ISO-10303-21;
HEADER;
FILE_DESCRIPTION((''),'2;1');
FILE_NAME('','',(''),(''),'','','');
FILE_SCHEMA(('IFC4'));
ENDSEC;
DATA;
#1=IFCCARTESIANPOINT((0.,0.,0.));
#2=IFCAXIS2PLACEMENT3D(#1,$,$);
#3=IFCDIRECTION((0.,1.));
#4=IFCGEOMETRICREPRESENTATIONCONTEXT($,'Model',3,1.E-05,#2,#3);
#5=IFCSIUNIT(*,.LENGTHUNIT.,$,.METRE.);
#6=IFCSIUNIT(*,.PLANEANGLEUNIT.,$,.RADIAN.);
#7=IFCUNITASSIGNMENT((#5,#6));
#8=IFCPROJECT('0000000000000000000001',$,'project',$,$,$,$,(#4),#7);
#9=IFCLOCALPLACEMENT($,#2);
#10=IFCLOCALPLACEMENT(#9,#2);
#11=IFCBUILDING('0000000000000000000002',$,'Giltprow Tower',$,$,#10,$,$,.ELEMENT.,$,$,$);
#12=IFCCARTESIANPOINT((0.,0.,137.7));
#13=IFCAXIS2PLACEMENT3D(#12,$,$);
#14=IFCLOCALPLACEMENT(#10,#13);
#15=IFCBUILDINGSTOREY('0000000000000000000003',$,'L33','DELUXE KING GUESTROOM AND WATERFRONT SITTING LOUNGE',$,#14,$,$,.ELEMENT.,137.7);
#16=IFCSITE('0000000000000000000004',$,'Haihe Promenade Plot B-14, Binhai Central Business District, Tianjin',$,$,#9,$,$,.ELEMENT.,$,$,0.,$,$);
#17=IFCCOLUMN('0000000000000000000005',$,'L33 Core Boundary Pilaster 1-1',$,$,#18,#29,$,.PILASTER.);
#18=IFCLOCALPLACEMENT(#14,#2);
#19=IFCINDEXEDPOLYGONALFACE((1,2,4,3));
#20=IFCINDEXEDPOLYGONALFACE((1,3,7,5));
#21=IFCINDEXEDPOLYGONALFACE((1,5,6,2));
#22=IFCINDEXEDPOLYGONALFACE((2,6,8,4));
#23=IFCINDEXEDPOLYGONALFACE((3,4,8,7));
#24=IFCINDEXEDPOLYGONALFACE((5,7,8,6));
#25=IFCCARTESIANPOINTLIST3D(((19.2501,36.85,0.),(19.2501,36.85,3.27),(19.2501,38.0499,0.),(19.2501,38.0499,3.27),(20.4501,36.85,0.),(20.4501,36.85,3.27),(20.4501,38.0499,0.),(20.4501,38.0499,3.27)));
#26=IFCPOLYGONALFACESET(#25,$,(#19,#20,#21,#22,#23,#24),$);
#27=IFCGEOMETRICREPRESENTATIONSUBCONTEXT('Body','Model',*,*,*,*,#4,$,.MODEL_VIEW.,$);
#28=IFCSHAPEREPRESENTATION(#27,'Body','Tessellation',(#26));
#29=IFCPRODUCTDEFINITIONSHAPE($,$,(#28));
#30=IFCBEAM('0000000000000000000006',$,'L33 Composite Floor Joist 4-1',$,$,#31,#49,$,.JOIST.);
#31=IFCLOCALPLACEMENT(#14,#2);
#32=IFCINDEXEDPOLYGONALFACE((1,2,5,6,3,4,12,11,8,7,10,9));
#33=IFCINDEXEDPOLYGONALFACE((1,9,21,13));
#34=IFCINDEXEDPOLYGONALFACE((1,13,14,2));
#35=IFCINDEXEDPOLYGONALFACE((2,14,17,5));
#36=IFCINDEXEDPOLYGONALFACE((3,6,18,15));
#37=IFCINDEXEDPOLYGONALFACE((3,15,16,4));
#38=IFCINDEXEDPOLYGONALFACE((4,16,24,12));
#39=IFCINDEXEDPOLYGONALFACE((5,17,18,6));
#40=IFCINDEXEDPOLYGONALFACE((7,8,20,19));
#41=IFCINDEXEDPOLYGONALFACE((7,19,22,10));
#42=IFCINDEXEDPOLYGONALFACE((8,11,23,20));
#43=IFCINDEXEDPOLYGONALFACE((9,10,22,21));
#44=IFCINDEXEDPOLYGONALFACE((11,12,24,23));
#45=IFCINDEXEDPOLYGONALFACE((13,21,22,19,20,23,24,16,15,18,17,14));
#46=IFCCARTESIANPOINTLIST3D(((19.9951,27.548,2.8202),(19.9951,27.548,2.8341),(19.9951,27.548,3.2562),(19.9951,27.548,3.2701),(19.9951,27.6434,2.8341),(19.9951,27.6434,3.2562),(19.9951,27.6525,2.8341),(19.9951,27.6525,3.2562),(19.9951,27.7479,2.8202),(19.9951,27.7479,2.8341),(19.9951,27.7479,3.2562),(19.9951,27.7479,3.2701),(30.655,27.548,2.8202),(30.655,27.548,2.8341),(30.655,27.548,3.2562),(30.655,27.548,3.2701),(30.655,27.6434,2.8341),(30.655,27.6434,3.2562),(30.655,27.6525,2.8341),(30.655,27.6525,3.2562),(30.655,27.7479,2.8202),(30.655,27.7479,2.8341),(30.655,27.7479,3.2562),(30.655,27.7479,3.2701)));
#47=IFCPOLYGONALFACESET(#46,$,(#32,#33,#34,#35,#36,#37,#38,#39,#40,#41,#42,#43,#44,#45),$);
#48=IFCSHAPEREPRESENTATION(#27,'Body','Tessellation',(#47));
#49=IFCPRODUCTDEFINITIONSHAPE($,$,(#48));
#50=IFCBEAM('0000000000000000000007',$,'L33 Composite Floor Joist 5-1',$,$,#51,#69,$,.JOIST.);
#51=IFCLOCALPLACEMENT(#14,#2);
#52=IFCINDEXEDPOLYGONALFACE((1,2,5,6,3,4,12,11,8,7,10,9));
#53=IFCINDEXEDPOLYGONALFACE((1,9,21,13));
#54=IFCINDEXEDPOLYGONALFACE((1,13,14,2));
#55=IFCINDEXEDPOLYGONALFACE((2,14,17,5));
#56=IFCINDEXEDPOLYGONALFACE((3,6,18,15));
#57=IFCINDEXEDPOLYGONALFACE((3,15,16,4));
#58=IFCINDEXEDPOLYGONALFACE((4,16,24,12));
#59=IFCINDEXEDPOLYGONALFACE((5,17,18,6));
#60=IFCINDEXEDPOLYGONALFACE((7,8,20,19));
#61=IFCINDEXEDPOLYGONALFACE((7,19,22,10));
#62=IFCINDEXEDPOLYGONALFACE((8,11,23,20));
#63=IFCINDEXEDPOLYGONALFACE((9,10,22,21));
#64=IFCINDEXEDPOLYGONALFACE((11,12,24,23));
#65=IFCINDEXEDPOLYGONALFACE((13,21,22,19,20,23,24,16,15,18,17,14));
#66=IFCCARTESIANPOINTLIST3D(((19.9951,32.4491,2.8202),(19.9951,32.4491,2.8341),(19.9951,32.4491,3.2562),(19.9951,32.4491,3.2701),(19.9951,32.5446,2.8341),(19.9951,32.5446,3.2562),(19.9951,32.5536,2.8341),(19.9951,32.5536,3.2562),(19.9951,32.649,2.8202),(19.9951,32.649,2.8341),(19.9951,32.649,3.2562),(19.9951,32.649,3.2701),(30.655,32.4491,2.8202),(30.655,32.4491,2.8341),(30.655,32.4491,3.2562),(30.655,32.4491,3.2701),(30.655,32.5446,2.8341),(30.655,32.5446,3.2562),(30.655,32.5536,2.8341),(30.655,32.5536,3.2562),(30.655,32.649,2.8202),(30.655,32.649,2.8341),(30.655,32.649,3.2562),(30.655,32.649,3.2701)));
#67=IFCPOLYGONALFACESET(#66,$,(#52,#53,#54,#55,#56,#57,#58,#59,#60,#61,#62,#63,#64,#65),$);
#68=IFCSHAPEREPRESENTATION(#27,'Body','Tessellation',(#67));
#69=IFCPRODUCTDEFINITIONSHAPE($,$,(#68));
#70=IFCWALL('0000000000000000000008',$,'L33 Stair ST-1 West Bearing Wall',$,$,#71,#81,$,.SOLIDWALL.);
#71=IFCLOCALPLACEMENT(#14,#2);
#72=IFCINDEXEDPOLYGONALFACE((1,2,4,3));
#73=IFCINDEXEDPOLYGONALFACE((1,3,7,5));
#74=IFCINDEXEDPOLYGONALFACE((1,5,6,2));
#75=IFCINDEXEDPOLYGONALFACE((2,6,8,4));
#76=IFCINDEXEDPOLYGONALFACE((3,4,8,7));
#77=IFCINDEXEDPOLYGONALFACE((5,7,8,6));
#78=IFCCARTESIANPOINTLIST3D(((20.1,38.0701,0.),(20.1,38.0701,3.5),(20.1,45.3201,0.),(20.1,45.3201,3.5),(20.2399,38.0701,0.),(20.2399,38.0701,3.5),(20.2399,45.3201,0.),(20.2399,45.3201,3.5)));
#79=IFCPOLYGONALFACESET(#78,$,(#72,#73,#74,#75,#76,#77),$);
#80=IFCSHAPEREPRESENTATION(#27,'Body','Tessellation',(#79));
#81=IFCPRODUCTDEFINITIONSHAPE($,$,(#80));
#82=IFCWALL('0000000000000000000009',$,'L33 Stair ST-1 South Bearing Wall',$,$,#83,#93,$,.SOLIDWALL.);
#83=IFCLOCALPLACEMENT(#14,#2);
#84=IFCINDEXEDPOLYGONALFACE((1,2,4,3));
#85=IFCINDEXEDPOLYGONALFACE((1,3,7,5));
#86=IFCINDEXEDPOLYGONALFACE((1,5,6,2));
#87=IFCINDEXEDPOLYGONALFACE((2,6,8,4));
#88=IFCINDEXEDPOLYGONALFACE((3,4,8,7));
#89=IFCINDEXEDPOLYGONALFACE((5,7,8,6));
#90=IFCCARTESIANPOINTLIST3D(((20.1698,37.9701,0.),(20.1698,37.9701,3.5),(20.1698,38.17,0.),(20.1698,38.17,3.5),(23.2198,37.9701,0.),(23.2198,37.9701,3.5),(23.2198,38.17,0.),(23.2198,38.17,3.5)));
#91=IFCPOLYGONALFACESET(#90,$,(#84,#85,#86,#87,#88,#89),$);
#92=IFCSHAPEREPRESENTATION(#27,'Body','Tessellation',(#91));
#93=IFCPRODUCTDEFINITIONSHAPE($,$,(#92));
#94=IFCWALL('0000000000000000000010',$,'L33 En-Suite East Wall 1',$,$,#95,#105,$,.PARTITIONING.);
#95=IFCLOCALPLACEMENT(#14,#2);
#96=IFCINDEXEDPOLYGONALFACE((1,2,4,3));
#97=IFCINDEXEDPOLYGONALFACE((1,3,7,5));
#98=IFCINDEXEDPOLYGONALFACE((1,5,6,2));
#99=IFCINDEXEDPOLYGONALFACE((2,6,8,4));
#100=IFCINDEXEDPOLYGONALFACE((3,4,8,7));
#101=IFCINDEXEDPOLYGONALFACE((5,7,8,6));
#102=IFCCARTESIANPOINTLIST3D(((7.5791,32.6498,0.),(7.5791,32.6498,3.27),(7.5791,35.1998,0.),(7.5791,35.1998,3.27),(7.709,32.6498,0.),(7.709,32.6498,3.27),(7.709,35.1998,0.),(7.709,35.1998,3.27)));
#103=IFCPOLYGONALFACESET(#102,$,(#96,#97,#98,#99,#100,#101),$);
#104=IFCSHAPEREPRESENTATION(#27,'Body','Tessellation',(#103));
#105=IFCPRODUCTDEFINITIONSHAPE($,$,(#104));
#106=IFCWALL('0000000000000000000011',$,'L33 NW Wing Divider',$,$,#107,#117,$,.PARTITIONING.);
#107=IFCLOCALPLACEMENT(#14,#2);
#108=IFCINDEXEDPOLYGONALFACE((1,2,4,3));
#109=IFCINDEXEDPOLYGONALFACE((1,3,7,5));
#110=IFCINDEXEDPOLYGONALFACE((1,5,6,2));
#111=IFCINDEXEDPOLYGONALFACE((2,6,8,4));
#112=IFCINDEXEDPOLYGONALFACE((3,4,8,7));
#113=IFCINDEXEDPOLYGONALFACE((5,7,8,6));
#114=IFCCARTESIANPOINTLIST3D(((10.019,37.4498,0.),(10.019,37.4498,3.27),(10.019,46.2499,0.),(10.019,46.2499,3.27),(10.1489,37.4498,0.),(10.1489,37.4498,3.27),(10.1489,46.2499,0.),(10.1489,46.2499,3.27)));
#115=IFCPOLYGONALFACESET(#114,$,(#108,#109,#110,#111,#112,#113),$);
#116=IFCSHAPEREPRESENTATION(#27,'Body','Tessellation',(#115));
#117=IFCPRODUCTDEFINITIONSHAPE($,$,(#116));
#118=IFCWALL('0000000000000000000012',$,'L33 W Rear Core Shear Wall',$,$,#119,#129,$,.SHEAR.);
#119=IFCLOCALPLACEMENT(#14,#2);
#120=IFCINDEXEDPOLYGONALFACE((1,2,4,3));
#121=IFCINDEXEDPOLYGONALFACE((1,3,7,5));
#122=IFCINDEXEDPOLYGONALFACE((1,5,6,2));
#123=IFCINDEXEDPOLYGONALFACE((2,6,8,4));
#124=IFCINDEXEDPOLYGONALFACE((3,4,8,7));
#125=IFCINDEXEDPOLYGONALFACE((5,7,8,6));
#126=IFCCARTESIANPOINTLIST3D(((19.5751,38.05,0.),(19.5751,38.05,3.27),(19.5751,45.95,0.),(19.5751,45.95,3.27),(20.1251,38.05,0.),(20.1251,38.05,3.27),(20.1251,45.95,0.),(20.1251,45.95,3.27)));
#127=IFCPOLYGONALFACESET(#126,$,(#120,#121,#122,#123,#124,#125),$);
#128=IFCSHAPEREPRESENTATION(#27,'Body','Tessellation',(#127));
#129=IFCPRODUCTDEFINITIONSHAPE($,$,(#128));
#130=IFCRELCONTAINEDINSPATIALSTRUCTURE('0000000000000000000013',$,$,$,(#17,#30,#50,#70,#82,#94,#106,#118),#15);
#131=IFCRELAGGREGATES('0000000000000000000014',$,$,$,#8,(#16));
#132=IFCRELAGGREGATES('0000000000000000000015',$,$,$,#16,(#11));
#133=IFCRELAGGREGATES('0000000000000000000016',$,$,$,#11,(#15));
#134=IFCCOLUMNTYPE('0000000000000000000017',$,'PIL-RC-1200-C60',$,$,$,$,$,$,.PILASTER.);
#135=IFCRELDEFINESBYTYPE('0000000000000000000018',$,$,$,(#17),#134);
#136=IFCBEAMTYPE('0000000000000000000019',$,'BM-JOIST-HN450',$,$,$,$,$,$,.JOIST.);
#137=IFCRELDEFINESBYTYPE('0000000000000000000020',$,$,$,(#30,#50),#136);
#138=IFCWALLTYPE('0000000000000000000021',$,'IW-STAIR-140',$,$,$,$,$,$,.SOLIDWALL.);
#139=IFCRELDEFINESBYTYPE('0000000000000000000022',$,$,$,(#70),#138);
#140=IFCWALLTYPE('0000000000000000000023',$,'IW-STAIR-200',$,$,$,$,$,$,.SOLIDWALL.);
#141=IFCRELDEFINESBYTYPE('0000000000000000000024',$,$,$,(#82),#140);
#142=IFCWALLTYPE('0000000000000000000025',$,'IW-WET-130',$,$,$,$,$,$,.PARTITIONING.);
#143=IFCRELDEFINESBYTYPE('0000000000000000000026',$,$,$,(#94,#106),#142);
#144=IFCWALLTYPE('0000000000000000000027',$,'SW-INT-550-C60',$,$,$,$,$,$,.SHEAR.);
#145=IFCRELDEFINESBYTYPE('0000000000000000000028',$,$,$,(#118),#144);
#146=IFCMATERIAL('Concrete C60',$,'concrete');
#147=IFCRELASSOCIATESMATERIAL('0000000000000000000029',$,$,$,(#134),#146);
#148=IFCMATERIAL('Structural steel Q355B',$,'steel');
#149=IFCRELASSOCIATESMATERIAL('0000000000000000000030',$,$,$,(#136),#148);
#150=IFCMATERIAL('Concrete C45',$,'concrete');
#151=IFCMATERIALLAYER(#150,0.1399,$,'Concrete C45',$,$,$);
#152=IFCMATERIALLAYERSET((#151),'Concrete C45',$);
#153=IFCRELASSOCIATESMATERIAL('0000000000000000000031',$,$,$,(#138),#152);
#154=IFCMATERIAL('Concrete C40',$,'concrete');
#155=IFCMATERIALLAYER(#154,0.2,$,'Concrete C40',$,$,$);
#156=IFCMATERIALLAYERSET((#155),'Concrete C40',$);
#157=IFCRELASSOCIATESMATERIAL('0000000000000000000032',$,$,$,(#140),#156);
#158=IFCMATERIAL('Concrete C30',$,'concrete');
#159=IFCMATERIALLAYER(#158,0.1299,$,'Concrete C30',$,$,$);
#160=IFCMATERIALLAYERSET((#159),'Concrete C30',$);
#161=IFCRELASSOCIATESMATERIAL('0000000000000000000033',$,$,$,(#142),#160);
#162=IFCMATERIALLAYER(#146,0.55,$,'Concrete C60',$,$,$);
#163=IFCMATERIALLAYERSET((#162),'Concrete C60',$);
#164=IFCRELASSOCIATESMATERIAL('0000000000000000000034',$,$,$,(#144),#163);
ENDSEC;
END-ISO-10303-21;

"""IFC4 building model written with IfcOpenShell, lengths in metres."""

from ifc_helpers import new_model, si_unit, direction, frame, frame_2d, origin, origin_2d, place, context, subcontext, project, spatial, rectangle, i_section, extrude, source, transform, mapped, material, layer, layer_set, material_profile, profile_set, type_object, element, save


model = new_model("IFC4")

# Units and contexts
model_context = context("Model", 3, precision=1e-05, world=origin(), true_north=direction((0.0, 1.0)))
body_context = subcontext(model_context, "Body", "Model", "MODEL_VIEW")
ifc_project = project(units=[si_unit("LENGTHUNIT", "METRE"), si_unit("PLANEANGLEUNIT", "RADIAN")], contexts=[model_context])

# Site, building, storey
site_placement = place(None, origin())
site = spatial("IfcSite", under=ifc_project, at=site_placement, Name="Haihe Promenade Plot B-14, Binhai Central Business District, Tianjin", CompositionType="ELEMENT", RefElevation=0.0)
building_placement = place(site_placement, origin())
building = spatial("IfcBuilding", under=site, at=building_placement, Name="Giltprow Tower", CompositionType="ELEMENT")
storey_placement = place(building_placement, frame((0.0, 0.0, 137.7)))
storey = spatial("IfcBuildingStorey", under=building, at=storey_placement, Name="L33", Description="DELUXE KING GUESTROOM AND WATERFRONT SITTING LOUNGE", CompositionType="ELEMENT", Elevation=137.7)

# Column
ifc_material_1 = material(Name="Concrete C60", Category="concrete")
ifc_material_profile_1 = material_profile(ifc_material_1, rectangle(XDim=1.2, YDim=1.2, at=origin_2d()), Name="RC 1200x1200")
ifc_profile_set_1 = profile_set([ifc_material_profile_1], Name="Concrete C60")
column_type = type_object("IfcColumnType", Name="PIL-RC-1200-C60", PredefinedType="PILASTER", material=ifc_profile_set_1)
shared_shape_1 = source(origin(), body_context, "Body", "SweptSolid", [
    extrude(rectangle(XDim=1.2, YDim=1.2, at=origin_2d()), origin(), (0.0, 0.0, 1.0), 3.27),
])
column_placement = place(storey_placement, frame((19.8501, 37.45, 0.0), z_axis=(0.0, 0.0, 1.0), x_axis=(1.0, 0.0, 0.0)))
element("IfcColumn", 1, at=column_placement, inside=storey, type_object=column_type, Name="L33 Core Boundary Pilaster 1-1", PredefinedType="PILASTER", context=body_context, shape_type="MappedRepresentation", body=[
    mapped(shared_shape_1, transform((0.0, 0.0, 0.0), x_axis=(1.0, 0.0, 0.0), y_axis=(0.0, 1.0, 0.0), z_axis=(0.0, 0.0, 1.0), scale=1.0)),
])

# Beams
ifc_material_2 = material(Name="Structural steel Q355B", Category="steel")
ifc_material_profile_2 = material_profile(ifc_material_2, i_section(OverallWidth=0.2, OverallDepth=0.45, WebThickness=0.009, FlangeThickness=0.0139, at=origin_2d()), Name="HN 450x200x9x14")
ifc_profile_set_2 = profile_set([ifc_material_profile_2], Name="Structural steel Q355B")
beam_type = type_object("IfcBeamType", Name="BM-JOIST-HN450", PredefinedType="JOIST", material=ifc_profile_set_2)
shared_shape_2 = source(origin(), body_context, "Body", "SweptSolid", [
    extrude(i_section(OverallWidth=0.2, OverallDepth=0.45, WebThickness=0.009, FlangeThickness=0.0139, at=origin_2d()), origin(), (0.0, 0.0, 1.0), 10.6599),
])
for number, where, z_axis, x_axis, name in (
    (2, (19.9951, 27.6479, 3.0452), (1.0, 0.0, 0.0), (0.0, 1.0, 0.0), "L33 Composite Floor Joist 4-1"),
    (3, (19.9951, 32.5491, 3.0452), (1.0, 0.0, 0.0), (0.0, 1.0, 0.0), "L33 Composite Floor Joist 5-1"),
):
    element("IfcBeam", number, at=place(storey_placement, frame(where, z_axis=z_axis, x_axis=x_axis)), inside=storey, type_object=beam_type, Name=name, PredefinedType="JOIST", context=body_context, shape_type="MappedRepresentation", body=[
        mapped(shared_shape_2, transform((0.0, 0.0, 0.0), x_axis=(1.0, 0.0, 0.0), y_axis=(0.0, 1.0, 0.0), z_axis=(0.0, 0.0, 1.0), scale=1.0)),
    ])

# Walls
ifc_material_3 = material(Name="Concrete C45", Category="concrete")
ifc_layer_1 = layer(ifc_material_3, 0.1399, Name="Concrete C45")
ifc_layer_set_1 = layer_set([ifc_layer_1], Name="Concrete C45")
wall_type_1 = type_object("IfcWallType", Name="IW-STAIR-140", PredefinedType="SOLIDWALL", material=ifc_layer_set_1)
wall_1_placement = place(storey_placement, frame((20.1699, 38.0701, 0.0), z_axis=(0.0, 0.0, 1.0), x_axis=(0.0, 1.0, 0.0)))
element("IfcWall", 4, at=wall_1_placement, inside=storey, type_object=wall_type_1, Name="L33 Stair ST-1 West Bearing Wall", PredefinedType="SOLIDWALL", context=body_context, shape_type="SweptSolid", body=[
    extrude(rectangle(XDim=7.25, YDim=0.1399, at=frame_2d((3.625, 0.0))), origin(), (0.0, 0.0, 1.0), 3.5),
])
ifc_material_4 = material(Name="Concrete C40", Category="concrete")
ifc_layer_2 = layer(ifc_material_4, 0.2, Name="Concrete C40")
ifc_layer_set_2 = layer_set([ifc_layer_2], Name="Concrete C40")
wall_type_2 = type_object("IfcWallType", Name="IW-STAIR-200", PredefinedType="SOLIDWALL", material=ifc_layer_set_2)
wall_2_placement = place(storey_placement, frame((20.1699, 38.0701, 0.0), z_axis=(0.0, 0.0, 1.0), x_axis=(1.0, 0.0, 0.0)))
element("IfcWall", 5, at=wall_2_placement, inside=storey, type_object=wall_type_2, Name="L33 Stair ST-1 South Bearing Wall", PredefinedType="SOLIDWALL", context=body_context, shape_type="SweptSolid", body=[
    extrude(rectangle(XDim=3.05, YDim=0.2, at=frame_2d((1.5249, 0.0))), origin(), (0.0, 0.0, 1.0), 3.5),
])
ifc_material_5 = material(Name="Concrete C30", Category="concrete")
ifc_layer_3 = layer(ifc_material_5, 0.1299, Name="Concrete C30")
ifc_layer_set_3 = layer_set([ifc_layer_3], Name="Concrete C30")
wall_type_3 = type_object("IfcWallType", Name="IW-WET-130", PredefinedType="PARTITIONING", material=ifc_layer_set_3)
wall_3_placement = place(storey_placement, frame((7.644, 32.6499, 0.0), z_axis=(0.0, 0.0, 1.0), x_axis=(0.0, 1.0, 0.0)))
element("IfcWall", 6, at=wall_3_placement, inside=storey, type_object=wall_type_3, Name="L33 En-Suite East Wall 1", PredefinedType="PARTITIONING", context=body_context, shape_type="SweptSolid", body=[
    extrude(rectangle(XDim=2.55, YDim=0.1299, at=frame_2d((1.2749, 0.0))), origin(), (0.0, 0.0, 1.0), 3.27),
])
wall_4_placement = place(storey_placement, frame((10.084, 37.45, 0.0), z_axis=(0.0, 0.0, 1.0), x_axis=(0.0, 1.0, 0.0)))
element("IfcWall", 7, at=wall_4_placement, inside=storey, type_object=wall_type_3, Name="L33 NW Wing Divider", PredefinedType="PARTITIONING", context=body_context, shape_type="SweptSolid", body=[
    extrude(rectangle(XDim=8.8, YDim=0.1299, at=frame_2d((4.3999, 0.0))), origin(), (0.0, 0.0, 1.0), 3.27),
])

# Shared definitions
ifc_layer_4 = layer(ifc_material_1, 0.55, Name="Concrete C60")
ifc_layer_set_4 = layer_set([ifc_layer_4], Name="Concrete C60")
wall_type_4 = type_object("IfcWallType", Name="SW-INT-550-C60", PredefinedType="SHEAR", material=ifc_layer_set_4)

# Wall
wall_5_placement = place(storey_placement, frame((19.8501, 38.05, 0.0), z_axis=(0.0, 0.0, 1.0), x_axis=(0.0, 1.0, 0.0)))
element("IfcWall", 8, at=wall_5_placement, inside=storey, type_object=wall_type_4, Name="L33 W Rear Core Shear Wall", PredefinedType="SHEAR", context=body_context, shape_type="SweptSolid", body=[
    extrude(rectangle(XDim=7.8999, YDim=0.55, at=frame_2d((3.95, 0.0))), origin(), (0.0, 0.0, 1.0), 3.27),
])

save(model, "model.ifc")
